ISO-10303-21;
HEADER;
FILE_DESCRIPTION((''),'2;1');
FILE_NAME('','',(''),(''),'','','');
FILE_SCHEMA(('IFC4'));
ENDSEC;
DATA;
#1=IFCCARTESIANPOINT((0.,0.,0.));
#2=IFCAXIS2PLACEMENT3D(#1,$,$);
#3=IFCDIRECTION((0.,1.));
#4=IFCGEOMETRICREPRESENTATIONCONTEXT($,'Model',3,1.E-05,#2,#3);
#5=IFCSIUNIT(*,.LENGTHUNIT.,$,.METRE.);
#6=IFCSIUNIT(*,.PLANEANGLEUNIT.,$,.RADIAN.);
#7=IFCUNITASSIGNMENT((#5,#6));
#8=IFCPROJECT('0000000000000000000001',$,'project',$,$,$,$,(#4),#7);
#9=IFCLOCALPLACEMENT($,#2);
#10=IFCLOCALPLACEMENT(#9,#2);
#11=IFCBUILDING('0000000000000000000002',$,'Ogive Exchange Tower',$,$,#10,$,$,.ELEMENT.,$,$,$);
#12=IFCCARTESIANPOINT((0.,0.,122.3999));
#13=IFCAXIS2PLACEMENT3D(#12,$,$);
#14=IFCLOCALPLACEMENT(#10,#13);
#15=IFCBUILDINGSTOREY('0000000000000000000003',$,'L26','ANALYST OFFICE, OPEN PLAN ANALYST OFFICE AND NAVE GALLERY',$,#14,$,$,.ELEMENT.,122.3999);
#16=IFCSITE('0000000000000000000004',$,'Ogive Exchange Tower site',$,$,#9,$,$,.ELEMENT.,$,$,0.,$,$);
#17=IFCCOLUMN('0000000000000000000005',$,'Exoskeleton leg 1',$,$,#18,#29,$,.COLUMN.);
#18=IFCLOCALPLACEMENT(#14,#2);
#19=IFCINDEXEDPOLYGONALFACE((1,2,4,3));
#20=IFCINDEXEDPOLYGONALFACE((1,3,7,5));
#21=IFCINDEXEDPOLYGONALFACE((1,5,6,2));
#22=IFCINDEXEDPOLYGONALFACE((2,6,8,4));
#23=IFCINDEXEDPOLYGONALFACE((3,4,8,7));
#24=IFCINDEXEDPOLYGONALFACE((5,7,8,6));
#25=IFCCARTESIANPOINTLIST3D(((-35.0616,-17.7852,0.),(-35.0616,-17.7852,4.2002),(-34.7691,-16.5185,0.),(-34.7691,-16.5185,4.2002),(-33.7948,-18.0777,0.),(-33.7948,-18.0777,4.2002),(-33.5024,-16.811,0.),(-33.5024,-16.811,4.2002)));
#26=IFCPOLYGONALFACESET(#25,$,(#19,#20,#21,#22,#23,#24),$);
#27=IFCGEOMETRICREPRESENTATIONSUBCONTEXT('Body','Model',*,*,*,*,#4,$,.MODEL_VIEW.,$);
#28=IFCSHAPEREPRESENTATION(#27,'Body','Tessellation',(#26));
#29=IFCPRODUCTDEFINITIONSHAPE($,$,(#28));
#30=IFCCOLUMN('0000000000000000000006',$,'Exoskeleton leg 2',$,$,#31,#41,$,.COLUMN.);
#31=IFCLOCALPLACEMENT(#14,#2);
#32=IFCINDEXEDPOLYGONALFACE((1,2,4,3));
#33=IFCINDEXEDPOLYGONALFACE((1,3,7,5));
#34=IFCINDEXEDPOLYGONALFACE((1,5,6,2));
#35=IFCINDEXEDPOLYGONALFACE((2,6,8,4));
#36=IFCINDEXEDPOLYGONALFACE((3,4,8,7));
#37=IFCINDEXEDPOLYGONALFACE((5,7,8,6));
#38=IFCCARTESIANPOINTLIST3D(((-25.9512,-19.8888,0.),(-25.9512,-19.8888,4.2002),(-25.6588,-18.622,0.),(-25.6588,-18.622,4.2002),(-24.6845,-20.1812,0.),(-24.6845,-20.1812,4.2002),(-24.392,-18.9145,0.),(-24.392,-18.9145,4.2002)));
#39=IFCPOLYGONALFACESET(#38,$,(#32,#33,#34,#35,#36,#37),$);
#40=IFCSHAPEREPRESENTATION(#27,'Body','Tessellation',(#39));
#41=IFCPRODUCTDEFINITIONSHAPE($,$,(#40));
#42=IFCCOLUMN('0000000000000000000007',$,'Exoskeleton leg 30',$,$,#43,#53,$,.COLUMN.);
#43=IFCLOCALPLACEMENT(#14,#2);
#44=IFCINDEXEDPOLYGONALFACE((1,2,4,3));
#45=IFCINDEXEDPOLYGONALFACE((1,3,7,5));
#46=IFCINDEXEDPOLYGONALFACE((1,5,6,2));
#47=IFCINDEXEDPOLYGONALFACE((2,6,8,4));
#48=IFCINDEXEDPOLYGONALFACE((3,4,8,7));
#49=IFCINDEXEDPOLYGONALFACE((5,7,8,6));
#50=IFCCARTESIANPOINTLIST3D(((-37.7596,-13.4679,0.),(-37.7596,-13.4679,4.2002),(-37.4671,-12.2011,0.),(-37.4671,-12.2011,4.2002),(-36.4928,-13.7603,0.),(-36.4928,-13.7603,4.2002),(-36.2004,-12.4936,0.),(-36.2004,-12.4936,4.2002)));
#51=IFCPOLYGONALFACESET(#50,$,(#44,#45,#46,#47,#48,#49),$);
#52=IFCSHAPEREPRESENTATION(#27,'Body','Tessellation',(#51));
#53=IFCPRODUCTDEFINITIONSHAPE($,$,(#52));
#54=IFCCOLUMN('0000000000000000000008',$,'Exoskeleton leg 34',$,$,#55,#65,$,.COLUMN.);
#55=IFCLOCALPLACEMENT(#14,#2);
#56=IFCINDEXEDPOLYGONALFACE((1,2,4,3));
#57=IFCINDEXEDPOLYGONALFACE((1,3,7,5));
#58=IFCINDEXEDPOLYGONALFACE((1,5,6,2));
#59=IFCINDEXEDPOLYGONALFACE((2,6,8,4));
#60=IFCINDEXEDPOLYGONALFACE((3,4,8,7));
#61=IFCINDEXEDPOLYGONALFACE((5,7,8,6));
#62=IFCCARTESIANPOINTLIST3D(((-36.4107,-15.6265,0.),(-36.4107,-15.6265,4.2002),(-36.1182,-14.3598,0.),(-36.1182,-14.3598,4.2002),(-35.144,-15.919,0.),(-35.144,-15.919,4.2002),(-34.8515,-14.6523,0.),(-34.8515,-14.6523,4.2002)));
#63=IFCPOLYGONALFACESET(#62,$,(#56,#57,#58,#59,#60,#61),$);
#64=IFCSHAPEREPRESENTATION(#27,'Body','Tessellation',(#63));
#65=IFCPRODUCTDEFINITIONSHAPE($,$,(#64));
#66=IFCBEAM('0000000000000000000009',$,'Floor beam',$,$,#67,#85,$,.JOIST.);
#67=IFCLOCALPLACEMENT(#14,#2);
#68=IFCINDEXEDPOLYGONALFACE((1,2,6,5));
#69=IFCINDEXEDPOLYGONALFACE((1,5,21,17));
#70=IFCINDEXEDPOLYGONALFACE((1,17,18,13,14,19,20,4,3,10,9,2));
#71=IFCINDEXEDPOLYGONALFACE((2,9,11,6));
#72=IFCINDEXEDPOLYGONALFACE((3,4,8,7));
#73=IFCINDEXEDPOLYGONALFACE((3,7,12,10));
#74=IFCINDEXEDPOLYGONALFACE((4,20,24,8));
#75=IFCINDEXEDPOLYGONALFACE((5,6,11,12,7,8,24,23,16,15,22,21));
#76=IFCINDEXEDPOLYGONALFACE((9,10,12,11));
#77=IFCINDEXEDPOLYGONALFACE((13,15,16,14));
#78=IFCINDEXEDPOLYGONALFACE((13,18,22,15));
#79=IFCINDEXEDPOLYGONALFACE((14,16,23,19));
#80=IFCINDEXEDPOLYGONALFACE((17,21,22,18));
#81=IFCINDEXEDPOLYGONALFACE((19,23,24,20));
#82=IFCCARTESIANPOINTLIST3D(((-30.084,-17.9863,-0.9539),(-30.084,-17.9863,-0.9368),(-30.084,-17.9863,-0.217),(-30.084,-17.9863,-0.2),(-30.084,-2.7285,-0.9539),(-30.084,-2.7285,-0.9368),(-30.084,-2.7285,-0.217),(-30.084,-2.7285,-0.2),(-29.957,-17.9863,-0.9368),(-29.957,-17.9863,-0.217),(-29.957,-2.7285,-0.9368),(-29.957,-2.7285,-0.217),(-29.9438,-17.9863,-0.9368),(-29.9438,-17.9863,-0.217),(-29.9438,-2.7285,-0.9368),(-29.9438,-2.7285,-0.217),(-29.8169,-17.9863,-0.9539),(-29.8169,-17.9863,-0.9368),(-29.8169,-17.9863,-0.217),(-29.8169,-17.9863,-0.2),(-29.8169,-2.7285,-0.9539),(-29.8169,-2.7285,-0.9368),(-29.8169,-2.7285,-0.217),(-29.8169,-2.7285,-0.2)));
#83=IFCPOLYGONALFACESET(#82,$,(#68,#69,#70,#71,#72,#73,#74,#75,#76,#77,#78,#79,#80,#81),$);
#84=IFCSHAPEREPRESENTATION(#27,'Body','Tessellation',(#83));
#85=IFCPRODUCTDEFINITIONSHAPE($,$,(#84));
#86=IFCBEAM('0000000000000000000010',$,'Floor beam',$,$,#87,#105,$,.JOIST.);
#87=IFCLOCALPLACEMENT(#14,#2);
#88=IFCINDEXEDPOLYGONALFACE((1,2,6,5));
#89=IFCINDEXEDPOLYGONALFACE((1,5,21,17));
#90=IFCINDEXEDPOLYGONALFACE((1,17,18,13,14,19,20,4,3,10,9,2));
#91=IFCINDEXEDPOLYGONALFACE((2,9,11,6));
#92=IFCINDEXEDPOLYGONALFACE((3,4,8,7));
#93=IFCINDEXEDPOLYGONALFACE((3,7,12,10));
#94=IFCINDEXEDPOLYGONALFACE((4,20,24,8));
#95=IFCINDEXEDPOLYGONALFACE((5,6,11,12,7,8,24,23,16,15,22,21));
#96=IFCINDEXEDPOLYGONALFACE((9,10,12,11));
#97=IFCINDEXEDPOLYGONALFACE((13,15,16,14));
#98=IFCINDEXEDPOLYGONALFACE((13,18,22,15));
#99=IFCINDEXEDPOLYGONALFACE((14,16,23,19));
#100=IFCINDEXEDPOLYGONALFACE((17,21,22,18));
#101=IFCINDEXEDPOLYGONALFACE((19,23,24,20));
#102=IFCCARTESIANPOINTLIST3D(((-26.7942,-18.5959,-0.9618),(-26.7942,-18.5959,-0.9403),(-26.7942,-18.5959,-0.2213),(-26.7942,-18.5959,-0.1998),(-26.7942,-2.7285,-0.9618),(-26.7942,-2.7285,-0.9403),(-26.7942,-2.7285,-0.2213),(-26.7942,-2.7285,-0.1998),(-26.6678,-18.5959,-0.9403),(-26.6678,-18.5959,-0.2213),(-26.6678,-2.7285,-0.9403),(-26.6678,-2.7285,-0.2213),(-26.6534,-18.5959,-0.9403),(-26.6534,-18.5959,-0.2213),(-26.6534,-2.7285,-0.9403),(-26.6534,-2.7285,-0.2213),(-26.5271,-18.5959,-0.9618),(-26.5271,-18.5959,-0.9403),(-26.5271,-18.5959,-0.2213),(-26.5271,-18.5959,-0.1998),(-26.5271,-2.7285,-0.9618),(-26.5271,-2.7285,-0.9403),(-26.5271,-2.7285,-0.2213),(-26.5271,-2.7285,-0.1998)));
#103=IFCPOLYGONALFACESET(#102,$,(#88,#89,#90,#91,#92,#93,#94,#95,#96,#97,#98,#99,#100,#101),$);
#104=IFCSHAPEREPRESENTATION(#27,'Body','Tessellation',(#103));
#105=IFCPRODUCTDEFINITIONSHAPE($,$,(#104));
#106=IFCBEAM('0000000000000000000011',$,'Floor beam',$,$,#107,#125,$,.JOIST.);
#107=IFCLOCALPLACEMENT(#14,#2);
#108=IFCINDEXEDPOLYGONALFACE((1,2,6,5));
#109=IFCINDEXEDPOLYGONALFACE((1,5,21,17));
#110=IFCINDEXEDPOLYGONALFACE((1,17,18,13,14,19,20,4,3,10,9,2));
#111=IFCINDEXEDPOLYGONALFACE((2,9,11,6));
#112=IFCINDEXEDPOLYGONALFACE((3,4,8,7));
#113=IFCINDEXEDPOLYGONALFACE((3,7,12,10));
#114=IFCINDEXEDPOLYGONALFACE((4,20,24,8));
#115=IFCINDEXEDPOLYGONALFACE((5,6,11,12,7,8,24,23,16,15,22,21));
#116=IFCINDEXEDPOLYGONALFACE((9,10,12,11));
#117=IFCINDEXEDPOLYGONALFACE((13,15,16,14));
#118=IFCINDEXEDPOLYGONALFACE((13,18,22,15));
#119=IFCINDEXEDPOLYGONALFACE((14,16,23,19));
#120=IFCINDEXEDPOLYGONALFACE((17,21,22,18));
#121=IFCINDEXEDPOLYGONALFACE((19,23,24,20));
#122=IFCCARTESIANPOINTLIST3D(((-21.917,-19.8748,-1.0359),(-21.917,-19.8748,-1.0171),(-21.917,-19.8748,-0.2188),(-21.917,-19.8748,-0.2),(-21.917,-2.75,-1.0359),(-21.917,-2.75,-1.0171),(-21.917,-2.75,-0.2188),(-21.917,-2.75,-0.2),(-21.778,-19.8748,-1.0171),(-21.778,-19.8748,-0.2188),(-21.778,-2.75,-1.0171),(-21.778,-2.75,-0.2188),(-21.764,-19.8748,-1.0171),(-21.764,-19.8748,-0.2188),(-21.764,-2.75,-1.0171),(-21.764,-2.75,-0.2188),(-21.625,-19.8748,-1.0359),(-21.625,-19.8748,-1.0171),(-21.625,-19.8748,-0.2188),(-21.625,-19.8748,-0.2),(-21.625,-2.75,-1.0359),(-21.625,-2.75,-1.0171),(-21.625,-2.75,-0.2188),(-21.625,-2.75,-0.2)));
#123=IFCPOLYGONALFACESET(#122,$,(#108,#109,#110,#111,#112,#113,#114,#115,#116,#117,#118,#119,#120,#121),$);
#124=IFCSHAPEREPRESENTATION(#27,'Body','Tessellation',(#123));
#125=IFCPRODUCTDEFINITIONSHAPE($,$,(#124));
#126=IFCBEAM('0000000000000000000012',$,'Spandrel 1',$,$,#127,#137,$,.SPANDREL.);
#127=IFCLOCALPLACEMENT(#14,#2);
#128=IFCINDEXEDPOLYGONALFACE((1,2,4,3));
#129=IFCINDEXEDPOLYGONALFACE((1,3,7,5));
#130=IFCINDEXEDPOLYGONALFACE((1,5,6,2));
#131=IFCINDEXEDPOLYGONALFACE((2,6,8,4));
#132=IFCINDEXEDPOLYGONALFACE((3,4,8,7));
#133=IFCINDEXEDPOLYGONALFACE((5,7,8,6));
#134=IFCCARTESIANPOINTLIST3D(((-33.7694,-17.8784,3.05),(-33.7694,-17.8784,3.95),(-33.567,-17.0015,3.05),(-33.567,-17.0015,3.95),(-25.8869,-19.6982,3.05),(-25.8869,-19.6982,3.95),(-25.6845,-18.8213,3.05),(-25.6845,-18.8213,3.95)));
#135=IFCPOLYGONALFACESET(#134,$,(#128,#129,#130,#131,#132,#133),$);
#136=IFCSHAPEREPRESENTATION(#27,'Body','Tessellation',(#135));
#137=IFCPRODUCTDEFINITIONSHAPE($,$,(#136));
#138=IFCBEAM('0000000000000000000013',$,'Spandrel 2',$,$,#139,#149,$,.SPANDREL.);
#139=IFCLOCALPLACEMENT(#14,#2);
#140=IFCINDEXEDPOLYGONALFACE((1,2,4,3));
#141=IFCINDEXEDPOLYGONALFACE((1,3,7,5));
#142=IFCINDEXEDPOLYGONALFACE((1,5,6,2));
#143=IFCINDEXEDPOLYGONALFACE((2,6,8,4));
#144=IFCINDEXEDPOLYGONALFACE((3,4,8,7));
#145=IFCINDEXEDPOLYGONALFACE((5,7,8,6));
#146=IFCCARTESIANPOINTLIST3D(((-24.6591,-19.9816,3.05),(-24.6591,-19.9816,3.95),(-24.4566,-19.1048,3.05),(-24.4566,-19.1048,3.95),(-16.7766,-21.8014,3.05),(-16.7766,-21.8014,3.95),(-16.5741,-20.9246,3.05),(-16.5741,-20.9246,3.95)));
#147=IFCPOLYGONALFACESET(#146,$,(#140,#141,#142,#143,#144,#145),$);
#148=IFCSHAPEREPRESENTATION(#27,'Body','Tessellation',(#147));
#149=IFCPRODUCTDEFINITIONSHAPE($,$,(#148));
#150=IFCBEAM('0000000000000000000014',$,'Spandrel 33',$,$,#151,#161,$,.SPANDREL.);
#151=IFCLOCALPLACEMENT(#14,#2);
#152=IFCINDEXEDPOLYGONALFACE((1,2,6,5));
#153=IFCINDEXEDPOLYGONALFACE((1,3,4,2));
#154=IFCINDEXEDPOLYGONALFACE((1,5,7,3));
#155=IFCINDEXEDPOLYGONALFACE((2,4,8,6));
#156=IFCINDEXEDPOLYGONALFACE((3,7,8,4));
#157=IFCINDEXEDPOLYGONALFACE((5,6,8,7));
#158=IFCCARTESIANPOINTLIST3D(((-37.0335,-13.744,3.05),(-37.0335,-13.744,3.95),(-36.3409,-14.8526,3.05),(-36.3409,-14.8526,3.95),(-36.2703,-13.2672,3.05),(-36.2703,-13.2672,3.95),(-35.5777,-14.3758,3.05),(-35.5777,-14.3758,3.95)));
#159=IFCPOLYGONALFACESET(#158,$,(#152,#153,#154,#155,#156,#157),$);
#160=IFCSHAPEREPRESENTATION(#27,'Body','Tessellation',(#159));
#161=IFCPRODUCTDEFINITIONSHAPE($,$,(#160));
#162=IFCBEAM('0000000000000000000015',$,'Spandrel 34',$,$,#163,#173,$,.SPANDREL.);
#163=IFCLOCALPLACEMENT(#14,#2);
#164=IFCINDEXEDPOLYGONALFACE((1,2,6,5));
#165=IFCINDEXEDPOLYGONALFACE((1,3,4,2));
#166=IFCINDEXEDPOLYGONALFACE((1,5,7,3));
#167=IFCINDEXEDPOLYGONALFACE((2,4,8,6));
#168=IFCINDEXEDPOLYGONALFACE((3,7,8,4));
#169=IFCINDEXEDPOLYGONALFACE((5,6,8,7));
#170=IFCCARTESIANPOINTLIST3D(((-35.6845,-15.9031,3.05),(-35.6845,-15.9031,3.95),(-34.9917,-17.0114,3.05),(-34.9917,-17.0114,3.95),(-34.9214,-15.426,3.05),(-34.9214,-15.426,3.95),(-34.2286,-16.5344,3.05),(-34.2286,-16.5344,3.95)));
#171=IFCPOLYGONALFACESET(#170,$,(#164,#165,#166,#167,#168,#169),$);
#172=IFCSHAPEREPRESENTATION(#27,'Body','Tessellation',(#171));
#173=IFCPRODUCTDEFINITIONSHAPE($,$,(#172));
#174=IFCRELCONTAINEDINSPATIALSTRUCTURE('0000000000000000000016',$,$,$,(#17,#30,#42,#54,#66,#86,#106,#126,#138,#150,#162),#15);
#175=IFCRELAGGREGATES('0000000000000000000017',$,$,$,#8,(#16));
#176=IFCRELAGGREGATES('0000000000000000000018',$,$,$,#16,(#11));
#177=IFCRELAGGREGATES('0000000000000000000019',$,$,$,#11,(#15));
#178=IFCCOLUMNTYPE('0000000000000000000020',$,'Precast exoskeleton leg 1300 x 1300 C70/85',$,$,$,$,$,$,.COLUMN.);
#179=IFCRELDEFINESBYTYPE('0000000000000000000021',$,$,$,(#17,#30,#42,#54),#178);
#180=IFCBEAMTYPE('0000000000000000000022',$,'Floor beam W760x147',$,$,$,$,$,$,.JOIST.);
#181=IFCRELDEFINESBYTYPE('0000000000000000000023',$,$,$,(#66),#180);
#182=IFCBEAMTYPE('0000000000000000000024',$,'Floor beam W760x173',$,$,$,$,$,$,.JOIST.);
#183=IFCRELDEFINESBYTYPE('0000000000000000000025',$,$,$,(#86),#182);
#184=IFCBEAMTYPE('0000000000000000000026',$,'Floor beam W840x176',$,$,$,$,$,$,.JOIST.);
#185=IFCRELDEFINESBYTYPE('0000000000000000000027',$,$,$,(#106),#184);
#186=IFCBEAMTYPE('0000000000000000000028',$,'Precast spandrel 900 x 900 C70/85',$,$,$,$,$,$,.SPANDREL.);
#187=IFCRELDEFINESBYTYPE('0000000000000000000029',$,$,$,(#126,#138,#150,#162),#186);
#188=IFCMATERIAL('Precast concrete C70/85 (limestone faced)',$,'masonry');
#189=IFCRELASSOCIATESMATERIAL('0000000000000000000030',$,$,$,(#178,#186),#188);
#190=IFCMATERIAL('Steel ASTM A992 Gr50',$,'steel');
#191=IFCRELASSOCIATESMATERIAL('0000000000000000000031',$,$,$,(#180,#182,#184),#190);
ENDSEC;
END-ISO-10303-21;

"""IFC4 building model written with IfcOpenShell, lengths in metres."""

from ifc_helpers import new_model, si_unit, direction, frame, origin, origin_2d, place, context, subcontext, project, spatial, rectangle, i_section, extrude, material, material_profile, profile_set, type_object, element, save


model = new_model("IFC4")

# Units and contexts
model_context = context("Model", 3, precision=1e-05, world=origin(), true_north=direction((0.0, 1.0)))
body_context = subcontext(model_context, "Body", "Model", "MODEL_VIEW")
ifc_project = project(units=[si_unit("LENGTHUNIT", "METRE"), si_unit("PLANEANGLEUNIT", "RADIAN")], contexts=[model_context])

# Site, building, storey
site_placement = place(None, origin())
site = spatial("IfcSite", under=ifc_project, at=site_placement, Name="Ogive Exchange Tower site", CompositionType="ELEMENT", RefElevation=0.0)
building_placement = place(site_placement, origin())
building = spatial("IfcBuilding", under=site, at=building_placement, Name="Ogive Exchange Tower", CompositionType="ELEMENT")
storey_placement = place(building_placement, frame((0.0, 0.0, 122.3999)))
storey = spatial("IfcBuildingStorey", under=building, at=storey_placement, Name="L26", Description="ANALYST OFFICE, OPEN PLAN ANALYST OFFICE AND NAVE GALLERY", CompositionType="ELEMENT", Elevation=122.3999)

# Columns
ifc_material_1 = material(Name="Precast concrete C70/85 (limestone faced)", Category="masonry")
ifc_material_profile_1 = material_profile(ifc_material_1, rectangle(XDim=1.3, YDim=1.3, at=origin_2d()), Name="1300 x 1300")
ifc_profile_set_1 = profile_set([ifc_material_profile_1], Name="Precast concrete C70/85 (limestone faced)")
column_type = type_object("IfcColumnType", Name="Precast exoskeleton leg 1300 x 1300 C70/85", PredefinedType="COLUMN", material=ifc_profile_set_1)
for number, where, z_axis, x_axis, name in (
    (1, (-34.282, -17.2981, 0.0), (0.0, 0.0, 1.0), (0.97437, -0.224951, 0.0), "Exoskeleton leg 1"),
    (2, (-25.1716, -19.4016, 0.0), (0.0, 0.0, 1.0), (0.97437, -0.224951, 0.0), "Exoskeleton leg 2"),
    (3, (-36.98, -12.9807, 0.0), (0.0, 0.0, 1.0), (0.97437, -0.224951, 0.0), "Exoskeleton leg 30"),
    (4, (-35.6311, -15.1394, 0.0), (0.0, 0.0, 1.0), (0.97437, -0.224951, 0.0), "Exoskeleton leg 34"),
):
    element("IfcColumn", number, at=place(storey_placement, frame(where, z_axis=z_axis, x_axis=x_axis)), inside=storey, type_object=column_type, Name=name, PredefinedType="COLUMN", context=body_context, shape_type="SweptSolid", body=[
        extrude(rectangle(XDim=1.3, YDim=1.3, at=origin_2d()), origin(), (0.0, 0.0, 1.0), 4.2002),
    ])

# Beams
ifc_material_2 = material(Name="Steel ASTM A992 Gr50", Category="steel")
ifc_material_profile_2 = material_profile(ifc_material_2, i_section(OverallWidth=0.2671, OverallDepth=0.7539, WebThickness=0.0132, FlangeThickness=0.0171, at=origin_2d()), Name="W760x147")
ifc_profile_set_2 = profile_set([ifc_material_profile_2], Name="Steel ASTM A992 Gr50")
beam_type_1 = type_object("IfcBeamType", Name="Floor beam W760x147", PredefinedType="JOIST", material=ifc_profile_set_2)
beam_1_placement = place(storey_placement, frame((-29.9504, -17.9863, -0.5769), z_axis=(0.0, 1.0, 0.0), x_axis=(-1.0, 0.0, 0.0)))
element("IfcBeam", 5, at=beam_1_placement, inside=storey, type_object=beam_type_1, Name="Floor beam", PredefinedType="JOIST", context=body_context, shape_type="SweptSolid", body=[
    extrude(i_section(OverallWidth=0.2671, OverallDepth=0.7539, WebThickness=0.0132, FlangeThickness=0.0171, at=origin_2d()), origin(), (0.0, 0.0, 1.0), 15.2578),
])
ifc_material_profile_3 = material_profile(ifc_material_2, i_section(OverallWidth=0.2671, OverallDepth=0.762, WebThickness=0.0144, FlangeThickness=0.0215, at=origin_2d()), Name="W760x173")
ifc_profile_set_3 = profile_set([ifc_material_profile_3], Name="Steel ASTM A992 Gr50")
beam_type_2 = type_object("IfcBeamType", Name="Floor beam W760x173", PredefinedType="JOIST", material=ifc_profile_set_3)
beam_2_placement = place(storey_placement, frame((-26.6606, -18.5959, -0.5808), z_axis=(0.0, 1.0, 0.0), x_axis=(-1.0, 0.0, 0.0)))
element("IfcBeam", 6, at=beam_2_placement, inside=storey, type_object=beam_type_2, Name="Floor beam", PredefinedType="JOIST", context=body_context, shape_type="SweptSolid", body=[
    extrude(i_section(OverallWidth=0.2671, OverallDepth=0.762, WebThickness=0.0144, FlangeThickness=0.0215, at=origin_2d()), origin(), (0.0, 0.0, 1.0), 15.8674),
])
ifc_material_profile_4 = material_profile(ifc_material_2, i_section(OverallWidth=0.292, OverallDepth=0.8359, WebThickness=0.0139, FlangeThickness=0.0188, at=origin_2d()), Name="W840x176")
ifc_profile_set_4 = profile_set([ifc_material_profile_4], Name="Steel ASTM A992 Gr50")
beam_type_3 = type_object("IfcBeamType", Name="Floor beam W840x176", PredefinedType="JOIST", material=ifc_profile_set_4)
beam_3_placement = place(storey_placement, frame((-21.771, -19.8748, -0.6179), z_axis=(0.0, 1.0, 0.0), x_axis=(-1.0, 0.0, 0.0)))
element("IfcBeam", 7, at=beam_3_placement, inside=storey, type_object=beam_type_3, Name="Floor beam", PredefinedType="JOIST", context=body_context, shape_type="SweptSolid", body=[
    extrude(i_section(OverallWidth=0.292, OverallDepth=0.8359, WebThickness=0.0139, FlangeThickness=0.0188, at=origin_2d()), origin(), (0.0, 0.0, 1.0), 17.1248),
])
ifc_material_profile_5 = material_profile(ifc_material_1, rectangle(XDim=0.8999, YDim=0.8999, at=origin_2d()), Name="900 x 900")
ifc_profile_set_5 = profile_set([ifc_material_profile_5], Name="Precast concrete C70/85 (limestone faced)")
beam_type_4 = type_object("IfcBeamType", Name="Precast spandrel 900 x 900 C70/85", PredefinedType="SPANDREL", material=ifc_profile_set_5)
for number, where, z_axis, x_axis, name in (
    (8, (-33.6682, -17.4399, 3.5), (0.97437, -0.22495, 0.0), (0.22495, 0.97437, 0.0), "Spandrel 1"),
    (9, (-24.5579, -19.5432, 3.5), (0.97437, -0.22495, 0.0), (0.22495, 0.97437, 0.0), "Spandrel 2"),
):
    element("IfcBeam", number, at=place(storey_placement, frame(where, z_axis=z_axis, x_axis=x_axis)), inside=storey, type_object=beam_type_4, Name=name, PredefinedType="SPANDREL", context=body_context, shape_type="SweptSolid", body=[
        extrude(rectangle(XDim=0.8999, YDim=0.8999, at=origin_2d()), origin(), (0.0, 0.0, 1.0), 8.0898),
    ])
for number, where, z_axis, x_axis, name in (
    (10, (-36.6519, -13.5056, 3.5), (0.529848, -0.848093, 0.0), (0.848093, 0.529848, 0.0), "Spandrel 33"),
    (11, (-35.303, -15.6646, 3.5), (0.530066, -0.847956, 0.0), (0.847956, 0.530066, 0.0), "Spandrel 34"),
):
    element("IfcBeam", number, at=place(storey_placement, frame(where, z_axis=z_axis, x_axis=x_axis)), inside=storey, type_object=beam_type_4, Name=name, PredefinedType="SPANDREL", context=body_context, shape_type="SweptSolid", body=[
        extrude(rectangle(XDim=0.8999, YDim=0.8999, at=origin_2d()), origin(), (0.0, 0.0, 1.0), 1.3071),
    ])

save(model, "model.ifc")
